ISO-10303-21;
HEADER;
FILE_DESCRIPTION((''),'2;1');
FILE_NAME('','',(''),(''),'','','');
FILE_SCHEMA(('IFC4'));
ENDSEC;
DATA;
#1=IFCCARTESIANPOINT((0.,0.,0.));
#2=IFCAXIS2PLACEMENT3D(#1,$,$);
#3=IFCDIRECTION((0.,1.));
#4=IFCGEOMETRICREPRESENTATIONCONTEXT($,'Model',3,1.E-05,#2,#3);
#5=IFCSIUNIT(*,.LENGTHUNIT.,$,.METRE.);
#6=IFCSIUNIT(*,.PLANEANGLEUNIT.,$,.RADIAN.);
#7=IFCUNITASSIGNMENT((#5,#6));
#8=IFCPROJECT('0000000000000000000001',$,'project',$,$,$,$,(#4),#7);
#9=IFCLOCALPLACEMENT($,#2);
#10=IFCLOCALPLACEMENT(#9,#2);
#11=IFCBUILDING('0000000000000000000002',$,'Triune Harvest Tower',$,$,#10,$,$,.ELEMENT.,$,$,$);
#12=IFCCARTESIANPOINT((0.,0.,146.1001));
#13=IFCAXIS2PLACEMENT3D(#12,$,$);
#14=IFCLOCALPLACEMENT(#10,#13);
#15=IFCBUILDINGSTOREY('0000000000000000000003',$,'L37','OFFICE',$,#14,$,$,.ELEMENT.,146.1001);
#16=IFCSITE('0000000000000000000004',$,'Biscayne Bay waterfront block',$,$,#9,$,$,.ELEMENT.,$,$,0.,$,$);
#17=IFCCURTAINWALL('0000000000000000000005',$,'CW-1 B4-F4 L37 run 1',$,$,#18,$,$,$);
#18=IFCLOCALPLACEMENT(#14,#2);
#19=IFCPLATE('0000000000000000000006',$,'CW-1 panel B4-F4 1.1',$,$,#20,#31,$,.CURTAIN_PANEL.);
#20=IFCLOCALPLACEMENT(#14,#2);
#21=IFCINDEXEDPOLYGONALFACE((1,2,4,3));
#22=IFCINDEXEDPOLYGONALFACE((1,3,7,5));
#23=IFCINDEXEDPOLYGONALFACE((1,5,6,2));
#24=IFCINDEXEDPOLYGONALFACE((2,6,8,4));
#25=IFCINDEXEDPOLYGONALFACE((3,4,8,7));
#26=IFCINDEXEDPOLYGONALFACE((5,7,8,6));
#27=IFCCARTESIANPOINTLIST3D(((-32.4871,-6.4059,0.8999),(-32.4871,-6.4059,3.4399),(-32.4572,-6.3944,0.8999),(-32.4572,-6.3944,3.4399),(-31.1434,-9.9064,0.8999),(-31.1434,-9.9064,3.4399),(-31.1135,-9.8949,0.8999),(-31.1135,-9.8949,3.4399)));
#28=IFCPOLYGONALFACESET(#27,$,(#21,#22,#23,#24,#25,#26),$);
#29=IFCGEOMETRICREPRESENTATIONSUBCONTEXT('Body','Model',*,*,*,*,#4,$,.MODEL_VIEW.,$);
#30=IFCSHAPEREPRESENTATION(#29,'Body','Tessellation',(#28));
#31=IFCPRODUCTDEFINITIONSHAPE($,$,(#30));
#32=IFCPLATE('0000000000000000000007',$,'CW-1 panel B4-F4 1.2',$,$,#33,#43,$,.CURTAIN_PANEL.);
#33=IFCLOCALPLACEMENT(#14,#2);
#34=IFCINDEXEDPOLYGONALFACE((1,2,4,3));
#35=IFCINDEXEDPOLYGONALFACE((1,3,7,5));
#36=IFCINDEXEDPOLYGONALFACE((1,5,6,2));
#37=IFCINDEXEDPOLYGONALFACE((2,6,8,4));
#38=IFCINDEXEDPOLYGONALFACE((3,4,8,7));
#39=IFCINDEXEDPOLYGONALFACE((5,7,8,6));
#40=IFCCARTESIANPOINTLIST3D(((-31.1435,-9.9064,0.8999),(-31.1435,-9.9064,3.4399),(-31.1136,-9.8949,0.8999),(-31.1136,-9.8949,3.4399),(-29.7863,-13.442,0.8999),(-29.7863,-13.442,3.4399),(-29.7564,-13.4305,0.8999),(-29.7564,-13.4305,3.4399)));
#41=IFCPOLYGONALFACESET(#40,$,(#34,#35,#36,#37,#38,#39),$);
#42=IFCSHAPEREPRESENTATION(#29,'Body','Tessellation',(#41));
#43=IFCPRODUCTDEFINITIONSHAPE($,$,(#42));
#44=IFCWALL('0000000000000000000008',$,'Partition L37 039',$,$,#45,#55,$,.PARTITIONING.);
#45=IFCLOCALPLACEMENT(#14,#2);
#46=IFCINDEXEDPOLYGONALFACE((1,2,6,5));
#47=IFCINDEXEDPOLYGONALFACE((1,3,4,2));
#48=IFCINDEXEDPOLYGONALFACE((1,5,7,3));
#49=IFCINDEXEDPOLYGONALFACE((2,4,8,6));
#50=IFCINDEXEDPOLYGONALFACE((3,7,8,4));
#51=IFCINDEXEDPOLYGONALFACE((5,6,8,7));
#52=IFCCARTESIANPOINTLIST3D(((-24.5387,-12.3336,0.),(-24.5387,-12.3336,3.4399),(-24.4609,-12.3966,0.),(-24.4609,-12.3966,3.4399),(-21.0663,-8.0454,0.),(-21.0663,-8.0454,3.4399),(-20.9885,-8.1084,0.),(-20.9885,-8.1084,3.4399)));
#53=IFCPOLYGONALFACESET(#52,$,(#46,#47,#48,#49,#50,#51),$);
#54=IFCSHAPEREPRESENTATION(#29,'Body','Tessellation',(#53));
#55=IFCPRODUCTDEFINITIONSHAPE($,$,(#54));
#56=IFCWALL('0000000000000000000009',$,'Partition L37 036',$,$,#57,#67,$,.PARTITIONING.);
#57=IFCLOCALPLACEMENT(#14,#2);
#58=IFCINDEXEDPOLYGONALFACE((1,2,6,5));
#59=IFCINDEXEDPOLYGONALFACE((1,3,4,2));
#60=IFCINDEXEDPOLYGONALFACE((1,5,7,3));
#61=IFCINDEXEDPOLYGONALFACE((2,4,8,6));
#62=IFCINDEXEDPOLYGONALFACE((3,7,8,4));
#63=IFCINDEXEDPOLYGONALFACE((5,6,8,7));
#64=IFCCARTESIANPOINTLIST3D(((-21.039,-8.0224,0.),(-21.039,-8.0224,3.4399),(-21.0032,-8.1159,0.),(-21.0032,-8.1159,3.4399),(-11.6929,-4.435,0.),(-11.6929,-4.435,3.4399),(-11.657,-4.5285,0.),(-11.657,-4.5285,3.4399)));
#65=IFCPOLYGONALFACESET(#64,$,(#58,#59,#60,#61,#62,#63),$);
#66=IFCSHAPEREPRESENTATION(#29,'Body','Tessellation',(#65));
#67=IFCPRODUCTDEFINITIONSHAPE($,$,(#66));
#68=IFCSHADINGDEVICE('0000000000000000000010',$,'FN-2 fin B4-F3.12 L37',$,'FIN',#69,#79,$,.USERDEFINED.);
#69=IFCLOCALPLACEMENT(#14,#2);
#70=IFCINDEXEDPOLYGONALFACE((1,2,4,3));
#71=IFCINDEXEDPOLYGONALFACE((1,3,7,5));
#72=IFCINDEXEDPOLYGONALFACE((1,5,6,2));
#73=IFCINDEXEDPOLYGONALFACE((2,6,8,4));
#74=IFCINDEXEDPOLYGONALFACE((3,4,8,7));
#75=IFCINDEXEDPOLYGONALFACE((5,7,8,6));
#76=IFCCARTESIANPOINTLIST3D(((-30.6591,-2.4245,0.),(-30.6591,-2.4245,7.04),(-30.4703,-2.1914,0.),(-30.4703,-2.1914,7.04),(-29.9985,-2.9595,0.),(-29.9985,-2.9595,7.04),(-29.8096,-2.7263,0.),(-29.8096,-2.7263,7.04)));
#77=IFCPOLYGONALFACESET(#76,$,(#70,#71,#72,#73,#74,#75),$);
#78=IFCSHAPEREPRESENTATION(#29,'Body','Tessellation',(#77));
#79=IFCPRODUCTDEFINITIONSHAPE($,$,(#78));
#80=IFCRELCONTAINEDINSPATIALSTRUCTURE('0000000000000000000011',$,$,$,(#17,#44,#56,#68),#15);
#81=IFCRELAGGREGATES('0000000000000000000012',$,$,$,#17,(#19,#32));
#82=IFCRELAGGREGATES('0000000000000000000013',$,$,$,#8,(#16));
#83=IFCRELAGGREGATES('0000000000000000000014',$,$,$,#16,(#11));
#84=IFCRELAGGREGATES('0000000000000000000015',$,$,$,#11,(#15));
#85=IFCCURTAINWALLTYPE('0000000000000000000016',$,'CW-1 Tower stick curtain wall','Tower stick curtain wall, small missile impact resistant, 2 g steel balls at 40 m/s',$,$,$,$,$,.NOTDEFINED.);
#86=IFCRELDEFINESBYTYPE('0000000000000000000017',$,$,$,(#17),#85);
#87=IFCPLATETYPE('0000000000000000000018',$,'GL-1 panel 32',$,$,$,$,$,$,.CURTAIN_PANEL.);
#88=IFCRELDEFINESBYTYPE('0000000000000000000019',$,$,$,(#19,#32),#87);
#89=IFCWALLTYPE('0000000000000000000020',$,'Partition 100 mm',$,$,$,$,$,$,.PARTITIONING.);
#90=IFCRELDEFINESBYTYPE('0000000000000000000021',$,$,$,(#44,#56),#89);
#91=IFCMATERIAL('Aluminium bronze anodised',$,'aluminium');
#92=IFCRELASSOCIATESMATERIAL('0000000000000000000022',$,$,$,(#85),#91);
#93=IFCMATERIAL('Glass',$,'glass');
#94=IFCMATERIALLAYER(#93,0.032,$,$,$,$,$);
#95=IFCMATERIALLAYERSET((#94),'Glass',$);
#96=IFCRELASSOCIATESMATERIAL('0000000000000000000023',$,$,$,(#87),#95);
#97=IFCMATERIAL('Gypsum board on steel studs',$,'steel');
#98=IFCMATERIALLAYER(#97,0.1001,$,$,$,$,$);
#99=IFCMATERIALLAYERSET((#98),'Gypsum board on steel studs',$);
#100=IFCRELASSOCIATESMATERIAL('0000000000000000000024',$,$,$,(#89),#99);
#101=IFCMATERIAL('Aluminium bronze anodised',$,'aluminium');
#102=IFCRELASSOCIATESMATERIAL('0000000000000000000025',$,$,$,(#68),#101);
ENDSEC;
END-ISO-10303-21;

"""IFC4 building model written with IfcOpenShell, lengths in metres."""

from ifc_helpers import new_model, si_unit, direction, frame, frame_2d, origin, origin_2d, place, context, subcontext, project, spatial, rectangle, extrude, source, transform, mapped, material, layer, layer_set, type_object, element, aggregate, save


model = new_model("IFC4")

# Units and contexts
model_context = context("Model", 3, precision=1e-05, world=origin(), true_north=direction((0.0, 1.0)))
body_context = subcontext(model_context, "Body", "Model", "MODEL_VIEW")
ifc_project = project(units=[si_unit("LENGTHUNIT", "METRE"), si_unit("PLANEANGLEUNIT", "RADIAN")], contexts=[model_context])

# Site, building, storey
site_placement = place(None, origin())
site = spatial("IfcSite", under=ifc_project, at=site_placement, Name="Biscayne Bay waterfront block", CompositionType="ELEMENT", RefElevation=0.0)
building_placement = place(site_placement, origin())
building = spatial("IfcBuilding", under=site, at=building_placement, Name="Triune Harvest Tower", CompositionType="ELEMENT")
storey_placement = place(building_placement, frame((0.0, 0.0, 146.1001)))
storey = spatial("IfcBuildingStorey", under=building, at=storey_placement, Name="L37", Description="OFFICE", CompositionType="ELEMENT", Elevation=146.1001)

# Curtain wall
ifc_material_1 = material(Name="Aluminium bronze anodised", Category="aluminium")
curtain_wall_type_1 = type_object("IfcCurtainWallType", Name="CW-1 Tower stick curtain wall", Description="Tower stick curtain wall, small missile impact resistant, 2 g steel balls at 40 m/s", PredefinedType="NOTDEFINED", material=ifc_material_1)
curtain_wall_1_placement = place(storey_placement, origin())
curtain_wall_1 = element("IfcCurtainWall", 1, at=curtain_wall_1_placement, inside=storey, type_object=curtain_wall_type_1, Name="CW-1 B4-F4 L37 run 1")

# Plates
ifc_material_2 = material(Name="Glass", Category="glass")
ifc_layer_1 = layer(ifc_material_2, 0.032)
ifc_layer_set_1 = layer_set([ifc_layer_1], Name="Glass")
plate_type_1 = type_object("IfcPlateType", Name="GL-1 panel 32", PredefinedType="CURTAIN_PANEL", material=ifc_layer_set_1)
shared_shape_1 = source(origin(), body_context, "Body", "SweptSolid", [
    extrude(rectangle(XDim=3.7495, YDim=0.032, at=origin_2d()), origin(), (0.0, 0.0, 1.0), 2.54),
])
plate_1_placement = place(storey_placement, frame((-31.8003, -8.1504, 0.8999), z_axis=(0.0, 0.0, 1.0), x_axis=(0.358369, -0.93358, 0.0)))
plate_1 = element("IfcPlate", 2, at=plate_1_placement, type_object=plate_type_1, Name="CW-1 panel B4-F4 1.1", PredefinedType="CURTAIN_PANEL", context=body_context, shape_type="MappedRepresentation", body=[
    mapped(shared_shape_1, transform((0.0, 0.0, 0.0), scale=1.0)),
])
shared_shape_2 = source(origin(), body_context, "Body", "SweptSolid", [
    extrude(rectangle(XDim=3.7871, YDim=0.032, at=origin_2d()), origin(), (0.0, 0.0, 1.0), 2.54),
])
plate_2_placement = place(storey_placement, frame((-30.45, -11.6685, 0.8999), z_axis=(0.0, 0.0, 1.0), x_axis=(0.358369, -0.93358, 0.0)))
plate_2 = element("IfcPlate", 3, at=plate_2_placement, type_object=plate_type_1, Name="CW-1 panel B4-F4 1.2", PredefinedType="CURTAIN_PANEL", context=body_context, shape_type="MappedRepresentation", body=[
    mapped(shared_shape_2, transform((0.0, 0.0, 0.0), scale=1.0)),
])
aggregate(curtain_wall_1, [plate_1, plate_2])

# Walls
ifc_material_3 = material(Name="Gypsum board on steel studs", Category="steel")
ifc_layer_2 = layer(ifc_material_3, 0.1001)
ifc_layer_set_2 = layer_set([ifc_layer_2], Name="Gypsum board on steel studs")
wall_type = type_object("IfcWallType", Name="Partition 100 mm", PredefinedType="PARTITIONING", material=ifc_layer_set_2)
wall_1_placement = place(storey_placement, frame((-24.4998, -12.365, 0.0), z_axis=(0.0, 0.0, 1.0), x_axis=(0.629319, 0.777147, 0.0)))
element("IfcWall", 4, at=wall_1_placement, inside=storey, type_object=wall_type, Name="Partition L37 039", PredefinedType="PARTITIONING", context=body_context, shape_type="SweptSolid", body=[
    extrude(rectangle(XDim=5.5178, YDim=0.1001, at=frame_2d((2.7588, 0.0))), origin(), (0.0, 0.0, 1.0), 3.4399),
])
shared_shape_3 = source(origin(), body_context, "Body", "SweptSolid", [
    extrude(rectangle(XDim=10.011, YDim=0.1001, at=frame_2d((5.0054, 0.0))), origin(), (0.0, 0.0, 1.0), 3.4399),
])
wall_2_placement = place(storey_placement, frame((-21.021, -8.0691, 0.0), z_axis=(0.0, 0.0, 1.0), x_axis=(0.933589, 0.358345, 0.0)))
element("IfcWall", 5, at=wall_2_placement, inside=storey, type_object=wall_type, Name="Partition L37 036", PredefinedType="PARTITIONING", context=body_context, shape_type="MappedRepresentation", body=[
    mapped(shared_shape_3, transform((0.0, 0.0, 0.0), scale=1.0)),
])

# Shading device
ifc_material_4 = material(Name="Aluminium bronze anodised", Category="aluminium")
shared_shape_4 = source(origin(), body_context, "Body", "SweptSolid", [
    extrude(rectangle(XDim=0.3, YDim=0.8501, at=origin_2d()), origin(), (0.0, 0.0, 1.0), 7.04),
])
shading_device_placement = place(storey_placement, frame((-30.2344, -2.5754, 0.0), z_axis=(0.0, 0.0, 1.0), x_axis=(-0.629321, -0.777145, 0.0)))
element("IfcShadingDevice", 6, at=shading_device_placement, inside=storey, material=ifc_material_4, Name="FN-2 fin B4-F3.12 L37", ObjectType="FIN", PredefinedType="USERDEFINED", context=body_context, shape_type="MappedRepresentation", body=[
    mapped(shared_shape_4, transform((0.0, 0.0, 0.0), scale=1.0)),
])

save(model, "model.ifc")
